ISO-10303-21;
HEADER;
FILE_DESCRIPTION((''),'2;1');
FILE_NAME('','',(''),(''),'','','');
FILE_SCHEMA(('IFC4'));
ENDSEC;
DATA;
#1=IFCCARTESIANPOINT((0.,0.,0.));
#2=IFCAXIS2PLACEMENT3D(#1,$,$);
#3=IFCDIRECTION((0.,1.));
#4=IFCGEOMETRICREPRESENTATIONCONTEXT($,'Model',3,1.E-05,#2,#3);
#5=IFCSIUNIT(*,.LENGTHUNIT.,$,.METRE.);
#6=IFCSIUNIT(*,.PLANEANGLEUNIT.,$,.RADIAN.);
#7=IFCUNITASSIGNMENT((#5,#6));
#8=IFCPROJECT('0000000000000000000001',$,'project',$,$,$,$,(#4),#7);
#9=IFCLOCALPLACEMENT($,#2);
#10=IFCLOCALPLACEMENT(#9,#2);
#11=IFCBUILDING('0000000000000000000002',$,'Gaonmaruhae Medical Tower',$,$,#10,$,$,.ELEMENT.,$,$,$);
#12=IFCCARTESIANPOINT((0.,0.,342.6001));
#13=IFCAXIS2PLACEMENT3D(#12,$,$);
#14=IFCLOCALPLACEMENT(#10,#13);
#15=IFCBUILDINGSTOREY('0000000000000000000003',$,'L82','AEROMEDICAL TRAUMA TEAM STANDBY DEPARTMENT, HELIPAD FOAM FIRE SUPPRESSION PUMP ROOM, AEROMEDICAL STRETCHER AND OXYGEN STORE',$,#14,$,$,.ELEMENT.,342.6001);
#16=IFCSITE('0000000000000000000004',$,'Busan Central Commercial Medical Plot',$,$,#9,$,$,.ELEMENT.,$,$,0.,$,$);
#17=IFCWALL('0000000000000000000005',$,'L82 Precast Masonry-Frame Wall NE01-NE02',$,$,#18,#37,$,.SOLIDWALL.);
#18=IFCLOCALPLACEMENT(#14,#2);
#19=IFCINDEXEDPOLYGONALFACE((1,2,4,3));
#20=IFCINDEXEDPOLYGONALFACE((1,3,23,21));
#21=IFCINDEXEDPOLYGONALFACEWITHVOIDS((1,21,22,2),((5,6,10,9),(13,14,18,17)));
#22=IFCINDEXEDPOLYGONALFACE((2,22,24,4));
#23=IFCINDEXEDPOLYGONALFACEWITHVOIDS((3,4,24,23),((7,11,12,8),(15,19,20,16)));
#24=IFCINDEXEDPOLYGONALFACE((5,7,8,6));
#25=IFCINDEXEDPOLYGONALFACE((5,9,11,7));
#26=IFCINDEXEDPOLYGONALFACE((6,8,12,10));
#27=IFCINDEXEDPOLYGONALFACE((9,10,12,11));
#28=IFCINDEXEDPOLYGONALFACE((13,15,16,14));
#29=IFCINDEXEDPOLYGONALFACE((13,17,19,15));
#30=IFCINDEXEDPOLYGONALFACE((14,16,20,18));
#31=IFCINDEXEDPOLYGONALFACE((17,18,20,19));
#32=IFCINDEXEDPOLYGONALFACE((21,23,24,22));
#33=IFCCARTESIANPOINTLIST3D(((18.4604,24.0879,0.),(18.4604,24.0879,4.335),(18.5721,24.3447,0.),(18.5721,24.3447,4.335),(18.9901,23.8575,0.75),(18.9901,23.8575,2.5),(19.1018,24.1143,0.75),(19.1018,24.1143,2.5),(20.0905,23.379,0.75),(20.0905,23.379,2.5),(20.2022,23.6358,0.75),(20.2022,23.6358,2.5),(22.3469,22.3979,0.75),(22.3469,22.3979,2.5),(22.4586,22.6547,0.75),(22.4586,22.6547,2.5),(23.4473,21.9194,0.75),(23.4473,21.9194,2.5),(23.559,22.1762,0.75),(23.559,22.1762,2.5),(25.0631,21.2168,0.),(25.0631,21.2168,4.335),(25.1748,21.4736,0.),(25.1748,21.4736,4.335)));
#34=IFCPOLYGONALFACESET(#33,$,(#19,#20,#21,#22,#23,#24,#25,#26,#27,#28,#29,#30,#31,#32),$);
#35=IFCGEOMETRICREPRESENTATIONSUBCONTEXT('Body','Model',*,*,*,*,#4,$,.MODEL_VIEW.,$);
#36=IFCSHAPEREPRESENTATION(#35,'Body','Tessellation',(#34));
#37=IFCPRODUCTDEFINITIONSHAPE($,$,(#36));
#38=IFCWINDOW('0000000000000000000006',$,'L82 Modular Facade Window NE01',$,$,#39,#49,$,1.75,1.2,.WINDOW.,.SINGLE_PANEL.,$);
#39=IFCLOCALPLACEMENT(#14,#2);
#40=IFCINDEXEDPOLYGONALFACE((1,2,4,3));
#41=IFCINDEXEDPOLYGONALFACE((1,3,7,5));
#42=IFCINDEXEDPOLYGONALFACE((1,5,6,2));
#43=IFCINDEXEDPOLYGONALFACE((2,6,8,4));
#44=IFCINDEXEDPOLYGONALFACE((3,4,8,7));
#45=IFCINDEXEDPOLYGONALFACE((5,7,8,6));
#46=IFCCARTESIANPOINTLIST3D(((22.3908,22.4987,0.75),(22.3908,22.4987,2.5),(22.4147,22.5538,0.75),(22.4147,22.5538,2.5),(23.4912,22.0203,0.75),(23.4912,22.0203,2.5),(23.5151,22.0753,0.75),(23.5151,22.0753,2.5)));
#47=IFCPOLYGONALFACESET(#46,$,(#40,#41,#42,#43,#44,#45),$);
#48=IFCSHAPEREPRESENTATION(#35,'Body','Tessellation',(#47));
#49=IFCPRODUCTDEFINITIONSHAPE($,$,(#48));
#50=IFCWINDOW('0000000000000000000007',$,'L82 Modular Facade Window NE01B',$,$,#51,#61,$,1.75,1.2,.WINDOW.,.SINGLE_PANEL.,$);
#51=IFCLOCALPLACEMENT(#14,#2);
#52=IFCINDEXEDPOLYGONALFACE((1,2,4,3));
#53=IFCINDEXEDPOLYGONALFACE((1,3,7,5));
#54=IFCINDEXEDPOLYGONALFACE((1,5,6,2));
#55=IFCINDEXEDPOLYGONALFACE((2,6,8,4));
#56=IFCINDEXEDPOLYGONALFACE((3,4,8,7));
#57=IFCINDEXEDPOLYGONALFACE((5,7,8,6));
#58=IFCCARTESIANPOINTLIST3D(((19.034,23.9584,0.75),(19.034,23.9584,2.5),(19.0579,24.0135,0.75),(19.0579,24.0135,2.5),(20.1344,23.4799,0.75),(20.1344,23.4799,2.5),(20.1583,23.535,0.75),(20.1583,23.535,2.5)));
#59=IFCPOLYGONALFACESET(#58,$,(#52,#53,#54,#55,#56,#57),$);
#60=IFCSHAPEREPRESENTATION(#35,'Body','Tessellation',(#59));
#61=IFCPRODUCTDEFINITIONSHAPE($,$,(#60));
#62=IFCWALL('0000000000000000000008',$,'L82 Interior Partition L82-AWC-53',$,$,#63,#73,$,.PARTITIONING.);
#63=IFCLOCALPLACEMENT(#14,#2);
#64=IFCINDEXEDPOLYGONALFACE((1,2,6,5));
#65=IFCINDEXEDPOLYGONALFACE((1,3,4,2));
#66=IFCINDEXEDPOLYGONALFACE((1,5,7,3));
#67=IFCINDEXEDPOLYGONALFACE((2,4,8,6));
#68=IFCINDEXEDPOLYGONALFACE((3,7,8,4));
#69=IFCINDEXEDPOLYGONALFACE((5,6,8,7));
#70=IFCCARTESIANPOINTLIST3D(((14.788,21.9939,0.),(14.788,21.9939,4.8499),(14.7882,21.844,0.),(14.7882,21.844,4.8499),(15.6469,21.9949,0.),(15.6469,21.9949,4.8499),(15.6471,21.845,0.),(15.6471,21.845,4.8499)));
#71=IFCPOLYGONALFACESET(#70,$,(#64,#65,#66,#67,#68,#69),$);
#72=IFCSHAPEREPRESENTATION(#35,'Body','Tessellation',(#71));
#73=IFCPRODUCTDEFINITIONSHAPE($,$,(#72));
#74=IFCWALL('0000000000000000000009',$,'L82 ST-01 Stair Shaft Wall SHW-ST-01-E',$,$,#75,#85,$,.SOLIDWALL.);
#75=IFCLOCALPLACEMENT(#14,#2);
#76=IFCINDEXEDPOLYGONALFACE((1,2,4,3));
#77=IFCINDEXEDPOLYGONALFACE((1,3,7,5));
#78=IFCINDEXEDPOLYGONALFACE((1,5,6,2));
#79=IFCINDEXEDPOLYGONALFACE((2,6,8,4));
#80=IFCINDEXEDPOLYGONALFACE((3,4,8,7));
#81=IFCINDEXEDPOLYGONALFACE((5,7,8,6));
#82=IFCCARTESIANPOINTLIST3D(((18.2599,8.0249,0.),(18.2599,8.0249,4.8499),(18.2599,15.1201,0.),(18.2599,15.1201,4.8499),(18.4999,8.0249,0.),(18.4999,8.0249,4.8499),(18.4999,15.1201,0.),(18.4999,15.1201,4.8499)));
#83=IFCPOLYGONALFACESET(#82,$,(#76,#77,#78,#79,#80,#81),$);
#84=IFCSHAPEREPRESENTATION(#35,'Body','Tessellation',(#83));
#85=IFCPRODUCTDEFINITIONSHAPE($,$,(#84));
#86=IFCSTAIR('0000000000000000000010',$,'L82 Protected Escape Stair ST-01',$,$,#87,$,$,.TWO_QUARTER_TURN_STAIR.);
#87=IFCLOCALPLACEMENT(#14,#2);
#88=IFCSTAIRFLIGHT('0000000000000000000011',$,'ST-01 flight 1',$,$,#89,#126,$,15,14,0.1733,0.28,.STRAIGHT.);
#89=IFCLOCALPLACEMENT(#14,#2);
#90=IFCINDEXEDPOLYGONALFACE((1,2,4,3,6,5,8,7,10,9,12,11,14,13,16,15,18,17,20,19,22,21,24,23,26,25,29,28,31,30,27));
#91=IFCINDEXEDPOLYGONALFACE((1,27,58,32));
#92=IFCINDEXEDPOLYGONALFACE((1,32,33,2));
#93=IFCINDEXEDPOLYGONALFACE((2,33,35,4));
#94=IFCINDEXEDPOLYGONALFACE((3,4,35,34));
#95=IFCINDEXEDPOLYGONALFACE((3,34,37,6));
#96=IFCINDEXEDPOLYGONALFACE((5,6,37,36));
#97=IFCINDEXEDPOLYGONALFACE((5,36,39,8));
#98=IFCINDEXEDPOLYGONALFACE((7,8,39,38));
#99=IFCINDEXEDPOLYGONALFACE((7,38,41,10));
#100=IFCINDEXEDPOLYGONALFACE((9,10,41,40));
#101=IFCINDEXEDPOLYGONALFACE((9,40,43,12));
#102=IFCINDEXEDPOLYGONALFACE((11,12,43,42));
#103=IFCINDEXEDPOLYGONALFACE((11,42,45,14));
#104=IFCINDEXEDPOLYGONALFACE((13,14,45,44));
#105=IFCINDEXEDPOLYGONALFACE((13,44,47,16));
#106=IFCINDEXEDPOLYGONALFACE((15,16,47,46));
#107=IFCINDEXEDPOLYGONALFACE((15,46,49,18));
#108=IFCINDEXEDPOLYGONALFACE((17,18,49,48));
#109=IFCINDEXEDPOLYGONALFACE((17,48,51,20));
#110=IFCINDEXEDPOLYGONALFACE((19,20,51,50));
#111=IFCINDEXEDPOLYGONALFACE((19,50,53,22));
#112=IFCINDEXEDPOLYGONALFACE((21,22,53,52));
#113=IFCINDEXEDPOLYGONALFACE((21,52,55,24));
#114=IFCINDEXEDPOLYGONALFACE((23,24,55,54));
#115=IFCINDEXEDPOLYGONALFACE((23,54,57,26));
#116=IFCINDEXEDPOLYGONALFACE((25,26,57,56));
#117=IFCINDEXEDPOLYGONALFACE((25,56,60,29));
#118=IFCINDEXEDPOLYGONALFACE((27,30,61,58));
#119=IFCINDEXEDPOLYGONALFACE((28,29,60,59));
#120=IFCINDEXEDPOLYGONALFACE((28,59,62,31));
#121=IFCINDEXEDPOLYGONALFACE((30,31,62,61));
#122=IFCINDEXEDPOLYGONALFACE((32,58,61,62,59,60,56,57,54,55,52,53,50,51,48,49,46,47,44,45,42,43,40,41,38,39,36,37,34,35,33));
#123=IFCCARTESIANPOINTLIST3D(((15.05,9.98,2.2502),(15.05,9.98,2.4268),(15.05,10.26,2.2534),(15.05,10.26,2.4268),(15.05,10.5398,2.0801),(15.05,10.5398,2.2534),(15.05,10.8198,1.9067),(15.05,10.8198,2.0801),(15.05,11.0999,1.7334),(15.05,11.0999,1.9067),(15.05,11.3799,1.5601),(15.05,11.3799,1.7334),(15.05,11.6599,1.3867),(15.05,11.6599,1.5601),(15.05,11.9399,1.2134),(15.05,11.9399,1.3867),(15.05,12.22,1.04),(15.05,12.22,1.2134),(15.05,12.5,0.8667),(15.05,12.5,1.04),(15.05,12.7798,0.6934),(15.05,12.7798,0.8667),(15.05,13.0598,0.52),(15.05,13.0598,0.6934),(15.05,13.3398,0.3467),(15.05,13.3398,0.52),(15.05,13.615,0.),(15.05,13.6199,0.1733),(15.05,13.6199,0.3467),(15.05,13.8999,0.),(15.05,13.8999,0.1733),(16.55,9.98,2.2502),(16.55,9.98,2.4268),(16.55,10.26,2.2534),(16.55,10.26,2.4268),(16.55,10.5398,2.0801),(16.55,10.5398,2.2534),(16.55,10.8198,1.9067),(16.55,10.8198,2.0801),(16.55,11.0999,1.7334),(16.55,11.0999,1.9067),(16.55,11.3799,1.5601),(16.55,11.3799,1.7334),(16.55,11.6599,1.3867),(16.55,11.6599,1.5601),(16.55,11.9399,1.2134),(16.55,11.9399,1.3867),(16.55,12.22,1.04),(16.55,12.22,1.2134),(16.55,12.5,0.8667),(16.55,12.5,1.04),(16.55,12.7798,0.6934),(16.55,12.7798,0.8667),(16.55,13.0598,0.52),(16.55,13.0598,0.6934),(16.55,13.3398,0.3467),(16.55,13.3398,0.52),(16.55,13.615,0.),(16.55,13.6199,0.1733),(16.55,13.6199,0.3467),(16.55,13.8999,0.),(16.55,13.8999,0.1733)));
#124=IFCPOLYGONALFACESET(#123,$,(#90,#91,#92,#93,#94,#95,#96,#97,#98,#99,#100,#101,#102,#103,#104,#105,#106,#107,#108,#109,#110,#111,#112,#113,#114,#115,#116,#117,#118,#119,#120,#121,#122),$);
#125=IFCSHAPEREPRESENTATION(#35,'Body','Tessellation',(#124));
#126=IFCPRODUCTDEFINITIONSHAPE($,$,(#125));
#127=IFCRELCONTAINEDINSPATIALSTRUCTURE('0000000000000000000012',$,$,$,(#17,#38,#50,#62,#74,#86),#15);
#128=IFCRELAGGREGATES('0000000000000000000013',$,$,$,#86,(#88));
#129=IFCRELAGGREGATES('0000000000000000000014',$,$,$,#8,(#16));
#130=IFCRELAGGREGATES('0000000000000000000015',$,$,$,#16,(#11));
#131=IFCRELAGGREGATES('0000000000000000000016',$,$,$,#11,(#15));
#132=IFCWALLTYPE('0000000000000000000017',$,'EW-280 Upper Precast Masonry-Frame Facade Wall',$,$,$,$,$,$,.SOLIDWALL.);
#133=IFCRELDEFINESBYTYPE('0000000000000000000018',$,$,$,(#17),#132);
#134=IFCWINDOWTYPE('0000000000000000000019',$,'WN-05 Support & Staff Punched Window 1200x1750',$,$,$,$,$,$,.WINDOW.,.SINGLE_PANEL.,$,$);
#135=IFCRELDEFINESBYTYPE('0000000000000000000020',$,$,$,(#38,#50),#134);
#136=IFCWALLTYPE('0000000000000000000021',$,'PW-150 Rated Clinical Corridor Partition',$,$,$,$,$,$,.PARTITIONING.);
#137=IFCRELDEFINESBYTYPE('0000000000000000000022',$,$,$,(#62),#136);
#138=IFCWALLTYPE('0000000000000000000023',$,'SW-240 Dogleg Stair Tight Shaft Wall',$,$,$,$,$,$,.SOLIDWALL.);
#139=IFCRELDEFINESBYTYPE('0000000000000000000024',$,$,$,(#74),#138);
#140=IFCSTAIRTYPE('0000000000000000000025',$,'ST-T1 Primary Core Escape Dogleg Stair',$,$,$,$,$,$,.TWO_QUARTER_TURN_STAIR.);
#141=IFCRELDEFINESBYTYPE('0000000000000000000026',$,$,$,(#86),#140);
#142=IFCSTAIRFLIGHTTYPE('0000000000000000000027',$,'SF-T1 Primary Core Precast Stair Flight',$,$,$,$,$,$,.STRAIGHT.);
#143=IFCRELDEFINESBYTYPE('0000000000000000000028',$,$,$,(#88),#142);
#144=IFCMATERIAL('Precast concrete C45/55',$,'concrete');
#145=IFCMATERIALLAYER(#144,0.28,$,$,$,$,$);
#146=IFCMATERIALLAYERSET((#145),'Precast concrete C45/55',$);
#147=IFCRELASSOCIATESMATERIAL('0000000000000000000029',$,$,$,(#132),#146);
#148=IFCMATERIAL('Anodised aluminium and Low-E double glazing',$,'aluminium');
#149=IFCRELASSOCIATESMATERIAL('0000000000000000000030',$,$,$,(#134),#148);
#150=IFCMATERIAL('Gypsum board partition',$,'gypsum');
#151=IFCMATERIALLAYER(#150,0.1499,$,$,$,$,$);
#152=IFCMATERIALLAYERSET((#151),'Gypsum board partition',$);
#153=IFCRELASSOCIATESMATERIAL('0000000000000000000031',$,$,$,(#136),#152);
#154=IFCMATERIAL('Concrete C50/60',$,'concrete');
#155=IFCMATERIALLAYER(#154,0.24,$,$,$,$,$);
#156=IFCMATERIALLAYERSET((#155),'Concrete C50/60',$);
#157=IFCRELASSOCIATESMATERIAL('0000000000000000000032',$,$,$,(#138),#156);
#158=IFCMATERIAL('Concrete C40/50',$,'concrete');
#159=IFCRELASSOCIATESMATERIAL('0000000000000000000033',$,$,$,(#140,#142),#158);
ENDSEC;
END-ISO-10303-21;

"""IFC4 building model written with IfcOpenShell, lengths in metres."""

from ifc_helpers import new_model, si_unit, direction, frame, frame_2d, origin, place, context, subcontext, project, spatial, polyline, rectangle, outline, extrude, material, layer, layer_set, type_object, element, fill, aggregate, save


model = new_model("IFC4")

# Units and contexts
model_context = context("Model", 3, precision=1e-05, world=origin(), true_north=direction((0.0, 1.0)))
body_context = subcontext(model_context, "Body", "Model", "MODEL_VIEW")
ifc_project = project(units=[si_unit("LENGTHUNIT", "METRE"), si_unit("PLANEANGLEUNIT", "RADIAN")], contexts=[model_context])

# Site, building, storey
site_placement = place(None, origin())
site = spatial("IfcSite", under=ifc_project, at=site_placement, Name="Busan Central Commercial Medical Plot", CompositionType="ELEMENT", RefElevation=0.0)
building_placement = place(site_placement, origin())
building = spatial("IfcBuilding", under=site, at=building_placement, Name="Gaonmaruhae Medical Tower", CompositionType="ELEMENT")
storey_placement = place(building_placement, frame((0.0, 0.0, 342.6001)))
storey = spatial("IfcBuildingStorey", under=building, at=storey_placement, Name="L82", Description="AEROMEDICAL TRAUMA TEAM STANDBY DEPARTMENT, HELIPAD FOAM FIRE SUPPRESSION PUMP ROOM, AEROMEDICAL STRETCHER AND OXYGEN STORE", CompositionType="ELEMENT", Elevation=342.6001)

# Wall, openings, windows
ifc_material_1 = material(Name="Precast concrete C45/55", Category="concrete")
ifc_layer_1 = layer(ifc_material_1, 0.28)
ifc_layer_set_1 = layer_set([ifc_layer_1], Name="Precast concrete C45/55")
wall_type_1 = type_object("IfcWallType", Name="EW-280 Upper Precast Masonry-Frame Facade Wall", PredefinedType="SOLIDWALL", material=ifc_layer_set_1)
wall_1_placement = place(storey_placement, frame((18.5161, 24.2163, 0.0), z_axis=(0.0, 0.0, 1.0), x_axis=(0.917054, -0.398763, 0.0)))
wall_1 = element("IfcWall", 1, at=wall_1_placement, inside=storey, type_object=wall_type_1, Name="L82 Precast Masonry-Frame Wall NE01-NE02", PredefinedType="SOLIDWALL", context=body_context, shape_type="SweptSolid", body=[
    extrude(rectangle(XDim=7.2, YDim=0.28, at=frame_2d((3.6001, 0.0))), origin(), (0.0, 0.0, 1.0), 4.335),
])
opening_1_placement = place(wall_1_placement, frame((4.238, 0.0, 0.75)))
opening_1 = element("IfcOpeningElement", 2, at=opening_1_placement, cuts=wall_1, PredefinedType="OPENING", context=body_context, shape_type="SweptSolid", body=[
    extrude(rectangle(XDim=1.2, YDim=1.75, at=frame_2d((0.6001, 0.875))), frame((0.0, 0.1499, 0.0), z_axis=(0.0, -1.0, 0.0), x_axis=(1.0, 0.0, 0.0)), (0.0, 0.0, 1.0), 0.3),
])
opening_2_placement = place(wall_1_placement, frame((0.5776, 0.0, 0.75)))
opening_2 = element("IfcOpeningElement", 3, at=opening_2_placement, cuts=wall_1, PredefinedType="OPENING", context=body_context, shape_type="SweptSolid", body=[
    extrude(rectangle(XDim=1.2, YDim=1.75, at=frame_2d((0.6001, 0.875))), frame((0.0, 0.1499, 0.0), z_axis=(0.0, -1.0, 0.0), x_axis=(1.0, 0.0, 0.0)), (0.0, 0.0, 1.0), 0.3),
])
ifc_material_2 = material(Name="Anodised aluminium and Low-E double glazing", Category="aluminium")
window_type = type_object("IfcWindowType", Name="WN-05 Support & Staff Punched Window 1200x1750", PartitioningType="SINGLE_PANEL", PredefinedType="WINDOW", material=ifc_material_2)
window_1_placement = place(opening_1_placement, origin())
window_1 = element("IfcWindow", 4, at=window_1_placement, inside=storey, type_object=window_type, Name="L82 Modular Facade Window NE01", OverallHeight=1.75, OverallWidth=1.2, PartitioningType="SINGLE_PANEL", PredefinedType="WINDOW", context=body_context, shape_type="SweptSolid", body=[
    extrude(rectangle(XDim=1.2, YDim=1.75, at=frame_2d((0.6001, 0.875))), frame((0.0, 0.03, 0.0), z_axis=(0.0, -1.0, 0.0), x_axis=(1.0, 0.0, 0.0)), (0.0, 0.0, 1.0), 0.0601),
])
fill(opening_1, window_1)
window_2_placement = place(opening_2_placement, origin())
window_2 = element("IfcWindow", 5, at=window_2_placement, inside=storey, type_object=window_type, Name="L82 Modular Facade Window NE01B", OverallHeight=1.75, OverallWidth=1.2, PartitioningType="SINGLE_PANEL", PredefinedType="WINDOW", context=body_context, shape_type="SweptSolid", body=[
    extrude(rectangle(XDim=1.2, YDim=1.75, at=frame_2d((0.6001, 0.875))), frame((0.0, 0.03, 0.0), z_axis=(0.0, -1.0, 0.0), x_axis=(1.0, 0.0, 0.0)), (0.0, 0.0, 1.0), 0.0601),
])
fill(opening_2, window_2)

# Walls
ifc_material_3 = material(Name="Gypsum board partition", Category="gypsum")
ifc_layer_2 = layer(ifc_material_3, 0.1499)
ifc_layer_set_2 = layer_set([ifc_layer_2], Name="Gypsum board partition")
wall_type_2 = type_object("IfcWallType", Name="PW-150 Rated Clinical Corridor Partition", PredefinedType="PARTITIONING", material=ifc_layer_set_2)
wall_2_placement = place(storey_placement, frame((15.647, 21.9199, 0.0), z_axis=(0.0, 0.0, 1.0), x_axis=(-0.999999, -0.001137, 0.0)))
element("IfcWall", 6, at=wall_2_placement, inside=storey, type_object=wall_type_2, Name="L82 Interior Partition L82-AWC-53", PredefinedType="PARTITIONING", context=body_context, shape_type="SweptSolid", body=[
    extrude(rectangle(XDim=0.8589, YDim=0.1499, at=frame_2d((0.4294, 0.0))), origin(), (0.0, 0.0, 1.0), 4.8499),
])
ifc_material_4 = material(Name="Concrete C50/60", Category="concrete")
ifc_layer_3 = layer(ifc_material_4, 0.24)
ifc_layer_set_3 = layer_set([ifc_layer_3], Name="Concrete C50/60")
wall_type_3 = type_object("IfcWallType", Name="SW-240 Dogleg Stair Tight Shaft Wall", PredefinedType="SOLIDWALL", material=ifc_layer_set_3)
wall_3_placement = place(storey_placement, frame((18.3799, 15.1201, 0.0), z_axis=(0.0, 0.0, 1.0), x_axis=(0.0, -1.0, 0.0)))
element("IfcWall", 7, at=wall_3_placement, inside=storey, type_object=wall_type_3, Name="L82 ST-01 Stair Shaft Wall SHW-ST-01-E", PredefinedType="SOLIDWALL", context=body_context, shape_type="SweptSolid", body=[
    extrude(rectangle(XDim=7.0952, YDim=0.24, at=frame_2d((3.5476, 0.0))), origin(), (0.0, 0.0, 1.0), 4.8499),
])

# Stair, stair flight
ifc_material_5 = material(Name="Concrete C40/50", Category="concrete")
stair_type = type_object("IfcStairType", Name="ST-T1 Primary Core Escape Dogleg Stair", PredefinedType="TWO_QUARTER_TURN_STAIR", material=ifc_material_5)
stair_placement = place(storey_placement, origin())
stair = element("IfcStair", 8, at=stair_placement, inside=storey, type_object=stair_type, Name="L82 Protected Escape Stair ST-01", PredefinedType="TWO_QUARTER_TURN_STAIR")
stair_flight_type = type_object("IfcStairFlightType", Name="SF-T1 Primary Core Precast Stair Flight", PredefinedType="STRAIGHT", material=ifc_material_5)
stair_flight_placement = place(storey_placement, frame((15.8, 13.8999, 0.0), z_axis=(0.0, 0.0, 1.0), x_axis=(0.0, -1.0, 0.0)))
stair_flight = element("IfcStairFlight", 9, at=stair_flight_placement, type_object=stair_flight_type, Name="ST-01 flight 1", NumberOfRisers=15, NumberOfTreads=14, PredefinedType="STRAIGHT", RiserHeight=0.1733, TreadLength=0.28, context=body_context, shape_type="SweptSolid", body=[
    extrude(outline(polyline([(0.0, 0.0), (0.0, 0.1733), (0.28, 0.1733), (0.28, 0.3467), (0.5601, 0.3467), (0.5601, 0.52), (0.8401, 0.52), (0.8401, 0.6934), (1.1201, 0.6934), (1.1201, 0.8667), (1.3999, 0.8667), (1.3999, 1.04), (1.6799, 1.04), (1.6799, 1.2134), (1.96, 1.2134), (1.96, 1.3867), (2.24, 1.3867), (2.24, 1.5601), (2.52, 1.5601), (2.52, 1.7334), (2.8, 1.7334), (2.8, 1.9067), (3.0801, 1.9067), (3.0801, 2.0801), (3.3601, 2.0801), (3.3601, 2.2534), (3.6399, 2.2534), (3.6399, 2.4268), (3.9199, 2.4268), (3.9199, 2.6001), (3.9199, 2.2502), (0.2849, 0.0), (0.0, 0.0)])), frame((0.0, 0.75, 0.0), z_axis=(0.0, -1.0, 0.0), x_axis=(1.0, 0.0, 0.0)), (0.0, 0.0, 1.0), 1.5),
])
aggregate(stair, [stair_flight])

save(model, "model.ifc")
